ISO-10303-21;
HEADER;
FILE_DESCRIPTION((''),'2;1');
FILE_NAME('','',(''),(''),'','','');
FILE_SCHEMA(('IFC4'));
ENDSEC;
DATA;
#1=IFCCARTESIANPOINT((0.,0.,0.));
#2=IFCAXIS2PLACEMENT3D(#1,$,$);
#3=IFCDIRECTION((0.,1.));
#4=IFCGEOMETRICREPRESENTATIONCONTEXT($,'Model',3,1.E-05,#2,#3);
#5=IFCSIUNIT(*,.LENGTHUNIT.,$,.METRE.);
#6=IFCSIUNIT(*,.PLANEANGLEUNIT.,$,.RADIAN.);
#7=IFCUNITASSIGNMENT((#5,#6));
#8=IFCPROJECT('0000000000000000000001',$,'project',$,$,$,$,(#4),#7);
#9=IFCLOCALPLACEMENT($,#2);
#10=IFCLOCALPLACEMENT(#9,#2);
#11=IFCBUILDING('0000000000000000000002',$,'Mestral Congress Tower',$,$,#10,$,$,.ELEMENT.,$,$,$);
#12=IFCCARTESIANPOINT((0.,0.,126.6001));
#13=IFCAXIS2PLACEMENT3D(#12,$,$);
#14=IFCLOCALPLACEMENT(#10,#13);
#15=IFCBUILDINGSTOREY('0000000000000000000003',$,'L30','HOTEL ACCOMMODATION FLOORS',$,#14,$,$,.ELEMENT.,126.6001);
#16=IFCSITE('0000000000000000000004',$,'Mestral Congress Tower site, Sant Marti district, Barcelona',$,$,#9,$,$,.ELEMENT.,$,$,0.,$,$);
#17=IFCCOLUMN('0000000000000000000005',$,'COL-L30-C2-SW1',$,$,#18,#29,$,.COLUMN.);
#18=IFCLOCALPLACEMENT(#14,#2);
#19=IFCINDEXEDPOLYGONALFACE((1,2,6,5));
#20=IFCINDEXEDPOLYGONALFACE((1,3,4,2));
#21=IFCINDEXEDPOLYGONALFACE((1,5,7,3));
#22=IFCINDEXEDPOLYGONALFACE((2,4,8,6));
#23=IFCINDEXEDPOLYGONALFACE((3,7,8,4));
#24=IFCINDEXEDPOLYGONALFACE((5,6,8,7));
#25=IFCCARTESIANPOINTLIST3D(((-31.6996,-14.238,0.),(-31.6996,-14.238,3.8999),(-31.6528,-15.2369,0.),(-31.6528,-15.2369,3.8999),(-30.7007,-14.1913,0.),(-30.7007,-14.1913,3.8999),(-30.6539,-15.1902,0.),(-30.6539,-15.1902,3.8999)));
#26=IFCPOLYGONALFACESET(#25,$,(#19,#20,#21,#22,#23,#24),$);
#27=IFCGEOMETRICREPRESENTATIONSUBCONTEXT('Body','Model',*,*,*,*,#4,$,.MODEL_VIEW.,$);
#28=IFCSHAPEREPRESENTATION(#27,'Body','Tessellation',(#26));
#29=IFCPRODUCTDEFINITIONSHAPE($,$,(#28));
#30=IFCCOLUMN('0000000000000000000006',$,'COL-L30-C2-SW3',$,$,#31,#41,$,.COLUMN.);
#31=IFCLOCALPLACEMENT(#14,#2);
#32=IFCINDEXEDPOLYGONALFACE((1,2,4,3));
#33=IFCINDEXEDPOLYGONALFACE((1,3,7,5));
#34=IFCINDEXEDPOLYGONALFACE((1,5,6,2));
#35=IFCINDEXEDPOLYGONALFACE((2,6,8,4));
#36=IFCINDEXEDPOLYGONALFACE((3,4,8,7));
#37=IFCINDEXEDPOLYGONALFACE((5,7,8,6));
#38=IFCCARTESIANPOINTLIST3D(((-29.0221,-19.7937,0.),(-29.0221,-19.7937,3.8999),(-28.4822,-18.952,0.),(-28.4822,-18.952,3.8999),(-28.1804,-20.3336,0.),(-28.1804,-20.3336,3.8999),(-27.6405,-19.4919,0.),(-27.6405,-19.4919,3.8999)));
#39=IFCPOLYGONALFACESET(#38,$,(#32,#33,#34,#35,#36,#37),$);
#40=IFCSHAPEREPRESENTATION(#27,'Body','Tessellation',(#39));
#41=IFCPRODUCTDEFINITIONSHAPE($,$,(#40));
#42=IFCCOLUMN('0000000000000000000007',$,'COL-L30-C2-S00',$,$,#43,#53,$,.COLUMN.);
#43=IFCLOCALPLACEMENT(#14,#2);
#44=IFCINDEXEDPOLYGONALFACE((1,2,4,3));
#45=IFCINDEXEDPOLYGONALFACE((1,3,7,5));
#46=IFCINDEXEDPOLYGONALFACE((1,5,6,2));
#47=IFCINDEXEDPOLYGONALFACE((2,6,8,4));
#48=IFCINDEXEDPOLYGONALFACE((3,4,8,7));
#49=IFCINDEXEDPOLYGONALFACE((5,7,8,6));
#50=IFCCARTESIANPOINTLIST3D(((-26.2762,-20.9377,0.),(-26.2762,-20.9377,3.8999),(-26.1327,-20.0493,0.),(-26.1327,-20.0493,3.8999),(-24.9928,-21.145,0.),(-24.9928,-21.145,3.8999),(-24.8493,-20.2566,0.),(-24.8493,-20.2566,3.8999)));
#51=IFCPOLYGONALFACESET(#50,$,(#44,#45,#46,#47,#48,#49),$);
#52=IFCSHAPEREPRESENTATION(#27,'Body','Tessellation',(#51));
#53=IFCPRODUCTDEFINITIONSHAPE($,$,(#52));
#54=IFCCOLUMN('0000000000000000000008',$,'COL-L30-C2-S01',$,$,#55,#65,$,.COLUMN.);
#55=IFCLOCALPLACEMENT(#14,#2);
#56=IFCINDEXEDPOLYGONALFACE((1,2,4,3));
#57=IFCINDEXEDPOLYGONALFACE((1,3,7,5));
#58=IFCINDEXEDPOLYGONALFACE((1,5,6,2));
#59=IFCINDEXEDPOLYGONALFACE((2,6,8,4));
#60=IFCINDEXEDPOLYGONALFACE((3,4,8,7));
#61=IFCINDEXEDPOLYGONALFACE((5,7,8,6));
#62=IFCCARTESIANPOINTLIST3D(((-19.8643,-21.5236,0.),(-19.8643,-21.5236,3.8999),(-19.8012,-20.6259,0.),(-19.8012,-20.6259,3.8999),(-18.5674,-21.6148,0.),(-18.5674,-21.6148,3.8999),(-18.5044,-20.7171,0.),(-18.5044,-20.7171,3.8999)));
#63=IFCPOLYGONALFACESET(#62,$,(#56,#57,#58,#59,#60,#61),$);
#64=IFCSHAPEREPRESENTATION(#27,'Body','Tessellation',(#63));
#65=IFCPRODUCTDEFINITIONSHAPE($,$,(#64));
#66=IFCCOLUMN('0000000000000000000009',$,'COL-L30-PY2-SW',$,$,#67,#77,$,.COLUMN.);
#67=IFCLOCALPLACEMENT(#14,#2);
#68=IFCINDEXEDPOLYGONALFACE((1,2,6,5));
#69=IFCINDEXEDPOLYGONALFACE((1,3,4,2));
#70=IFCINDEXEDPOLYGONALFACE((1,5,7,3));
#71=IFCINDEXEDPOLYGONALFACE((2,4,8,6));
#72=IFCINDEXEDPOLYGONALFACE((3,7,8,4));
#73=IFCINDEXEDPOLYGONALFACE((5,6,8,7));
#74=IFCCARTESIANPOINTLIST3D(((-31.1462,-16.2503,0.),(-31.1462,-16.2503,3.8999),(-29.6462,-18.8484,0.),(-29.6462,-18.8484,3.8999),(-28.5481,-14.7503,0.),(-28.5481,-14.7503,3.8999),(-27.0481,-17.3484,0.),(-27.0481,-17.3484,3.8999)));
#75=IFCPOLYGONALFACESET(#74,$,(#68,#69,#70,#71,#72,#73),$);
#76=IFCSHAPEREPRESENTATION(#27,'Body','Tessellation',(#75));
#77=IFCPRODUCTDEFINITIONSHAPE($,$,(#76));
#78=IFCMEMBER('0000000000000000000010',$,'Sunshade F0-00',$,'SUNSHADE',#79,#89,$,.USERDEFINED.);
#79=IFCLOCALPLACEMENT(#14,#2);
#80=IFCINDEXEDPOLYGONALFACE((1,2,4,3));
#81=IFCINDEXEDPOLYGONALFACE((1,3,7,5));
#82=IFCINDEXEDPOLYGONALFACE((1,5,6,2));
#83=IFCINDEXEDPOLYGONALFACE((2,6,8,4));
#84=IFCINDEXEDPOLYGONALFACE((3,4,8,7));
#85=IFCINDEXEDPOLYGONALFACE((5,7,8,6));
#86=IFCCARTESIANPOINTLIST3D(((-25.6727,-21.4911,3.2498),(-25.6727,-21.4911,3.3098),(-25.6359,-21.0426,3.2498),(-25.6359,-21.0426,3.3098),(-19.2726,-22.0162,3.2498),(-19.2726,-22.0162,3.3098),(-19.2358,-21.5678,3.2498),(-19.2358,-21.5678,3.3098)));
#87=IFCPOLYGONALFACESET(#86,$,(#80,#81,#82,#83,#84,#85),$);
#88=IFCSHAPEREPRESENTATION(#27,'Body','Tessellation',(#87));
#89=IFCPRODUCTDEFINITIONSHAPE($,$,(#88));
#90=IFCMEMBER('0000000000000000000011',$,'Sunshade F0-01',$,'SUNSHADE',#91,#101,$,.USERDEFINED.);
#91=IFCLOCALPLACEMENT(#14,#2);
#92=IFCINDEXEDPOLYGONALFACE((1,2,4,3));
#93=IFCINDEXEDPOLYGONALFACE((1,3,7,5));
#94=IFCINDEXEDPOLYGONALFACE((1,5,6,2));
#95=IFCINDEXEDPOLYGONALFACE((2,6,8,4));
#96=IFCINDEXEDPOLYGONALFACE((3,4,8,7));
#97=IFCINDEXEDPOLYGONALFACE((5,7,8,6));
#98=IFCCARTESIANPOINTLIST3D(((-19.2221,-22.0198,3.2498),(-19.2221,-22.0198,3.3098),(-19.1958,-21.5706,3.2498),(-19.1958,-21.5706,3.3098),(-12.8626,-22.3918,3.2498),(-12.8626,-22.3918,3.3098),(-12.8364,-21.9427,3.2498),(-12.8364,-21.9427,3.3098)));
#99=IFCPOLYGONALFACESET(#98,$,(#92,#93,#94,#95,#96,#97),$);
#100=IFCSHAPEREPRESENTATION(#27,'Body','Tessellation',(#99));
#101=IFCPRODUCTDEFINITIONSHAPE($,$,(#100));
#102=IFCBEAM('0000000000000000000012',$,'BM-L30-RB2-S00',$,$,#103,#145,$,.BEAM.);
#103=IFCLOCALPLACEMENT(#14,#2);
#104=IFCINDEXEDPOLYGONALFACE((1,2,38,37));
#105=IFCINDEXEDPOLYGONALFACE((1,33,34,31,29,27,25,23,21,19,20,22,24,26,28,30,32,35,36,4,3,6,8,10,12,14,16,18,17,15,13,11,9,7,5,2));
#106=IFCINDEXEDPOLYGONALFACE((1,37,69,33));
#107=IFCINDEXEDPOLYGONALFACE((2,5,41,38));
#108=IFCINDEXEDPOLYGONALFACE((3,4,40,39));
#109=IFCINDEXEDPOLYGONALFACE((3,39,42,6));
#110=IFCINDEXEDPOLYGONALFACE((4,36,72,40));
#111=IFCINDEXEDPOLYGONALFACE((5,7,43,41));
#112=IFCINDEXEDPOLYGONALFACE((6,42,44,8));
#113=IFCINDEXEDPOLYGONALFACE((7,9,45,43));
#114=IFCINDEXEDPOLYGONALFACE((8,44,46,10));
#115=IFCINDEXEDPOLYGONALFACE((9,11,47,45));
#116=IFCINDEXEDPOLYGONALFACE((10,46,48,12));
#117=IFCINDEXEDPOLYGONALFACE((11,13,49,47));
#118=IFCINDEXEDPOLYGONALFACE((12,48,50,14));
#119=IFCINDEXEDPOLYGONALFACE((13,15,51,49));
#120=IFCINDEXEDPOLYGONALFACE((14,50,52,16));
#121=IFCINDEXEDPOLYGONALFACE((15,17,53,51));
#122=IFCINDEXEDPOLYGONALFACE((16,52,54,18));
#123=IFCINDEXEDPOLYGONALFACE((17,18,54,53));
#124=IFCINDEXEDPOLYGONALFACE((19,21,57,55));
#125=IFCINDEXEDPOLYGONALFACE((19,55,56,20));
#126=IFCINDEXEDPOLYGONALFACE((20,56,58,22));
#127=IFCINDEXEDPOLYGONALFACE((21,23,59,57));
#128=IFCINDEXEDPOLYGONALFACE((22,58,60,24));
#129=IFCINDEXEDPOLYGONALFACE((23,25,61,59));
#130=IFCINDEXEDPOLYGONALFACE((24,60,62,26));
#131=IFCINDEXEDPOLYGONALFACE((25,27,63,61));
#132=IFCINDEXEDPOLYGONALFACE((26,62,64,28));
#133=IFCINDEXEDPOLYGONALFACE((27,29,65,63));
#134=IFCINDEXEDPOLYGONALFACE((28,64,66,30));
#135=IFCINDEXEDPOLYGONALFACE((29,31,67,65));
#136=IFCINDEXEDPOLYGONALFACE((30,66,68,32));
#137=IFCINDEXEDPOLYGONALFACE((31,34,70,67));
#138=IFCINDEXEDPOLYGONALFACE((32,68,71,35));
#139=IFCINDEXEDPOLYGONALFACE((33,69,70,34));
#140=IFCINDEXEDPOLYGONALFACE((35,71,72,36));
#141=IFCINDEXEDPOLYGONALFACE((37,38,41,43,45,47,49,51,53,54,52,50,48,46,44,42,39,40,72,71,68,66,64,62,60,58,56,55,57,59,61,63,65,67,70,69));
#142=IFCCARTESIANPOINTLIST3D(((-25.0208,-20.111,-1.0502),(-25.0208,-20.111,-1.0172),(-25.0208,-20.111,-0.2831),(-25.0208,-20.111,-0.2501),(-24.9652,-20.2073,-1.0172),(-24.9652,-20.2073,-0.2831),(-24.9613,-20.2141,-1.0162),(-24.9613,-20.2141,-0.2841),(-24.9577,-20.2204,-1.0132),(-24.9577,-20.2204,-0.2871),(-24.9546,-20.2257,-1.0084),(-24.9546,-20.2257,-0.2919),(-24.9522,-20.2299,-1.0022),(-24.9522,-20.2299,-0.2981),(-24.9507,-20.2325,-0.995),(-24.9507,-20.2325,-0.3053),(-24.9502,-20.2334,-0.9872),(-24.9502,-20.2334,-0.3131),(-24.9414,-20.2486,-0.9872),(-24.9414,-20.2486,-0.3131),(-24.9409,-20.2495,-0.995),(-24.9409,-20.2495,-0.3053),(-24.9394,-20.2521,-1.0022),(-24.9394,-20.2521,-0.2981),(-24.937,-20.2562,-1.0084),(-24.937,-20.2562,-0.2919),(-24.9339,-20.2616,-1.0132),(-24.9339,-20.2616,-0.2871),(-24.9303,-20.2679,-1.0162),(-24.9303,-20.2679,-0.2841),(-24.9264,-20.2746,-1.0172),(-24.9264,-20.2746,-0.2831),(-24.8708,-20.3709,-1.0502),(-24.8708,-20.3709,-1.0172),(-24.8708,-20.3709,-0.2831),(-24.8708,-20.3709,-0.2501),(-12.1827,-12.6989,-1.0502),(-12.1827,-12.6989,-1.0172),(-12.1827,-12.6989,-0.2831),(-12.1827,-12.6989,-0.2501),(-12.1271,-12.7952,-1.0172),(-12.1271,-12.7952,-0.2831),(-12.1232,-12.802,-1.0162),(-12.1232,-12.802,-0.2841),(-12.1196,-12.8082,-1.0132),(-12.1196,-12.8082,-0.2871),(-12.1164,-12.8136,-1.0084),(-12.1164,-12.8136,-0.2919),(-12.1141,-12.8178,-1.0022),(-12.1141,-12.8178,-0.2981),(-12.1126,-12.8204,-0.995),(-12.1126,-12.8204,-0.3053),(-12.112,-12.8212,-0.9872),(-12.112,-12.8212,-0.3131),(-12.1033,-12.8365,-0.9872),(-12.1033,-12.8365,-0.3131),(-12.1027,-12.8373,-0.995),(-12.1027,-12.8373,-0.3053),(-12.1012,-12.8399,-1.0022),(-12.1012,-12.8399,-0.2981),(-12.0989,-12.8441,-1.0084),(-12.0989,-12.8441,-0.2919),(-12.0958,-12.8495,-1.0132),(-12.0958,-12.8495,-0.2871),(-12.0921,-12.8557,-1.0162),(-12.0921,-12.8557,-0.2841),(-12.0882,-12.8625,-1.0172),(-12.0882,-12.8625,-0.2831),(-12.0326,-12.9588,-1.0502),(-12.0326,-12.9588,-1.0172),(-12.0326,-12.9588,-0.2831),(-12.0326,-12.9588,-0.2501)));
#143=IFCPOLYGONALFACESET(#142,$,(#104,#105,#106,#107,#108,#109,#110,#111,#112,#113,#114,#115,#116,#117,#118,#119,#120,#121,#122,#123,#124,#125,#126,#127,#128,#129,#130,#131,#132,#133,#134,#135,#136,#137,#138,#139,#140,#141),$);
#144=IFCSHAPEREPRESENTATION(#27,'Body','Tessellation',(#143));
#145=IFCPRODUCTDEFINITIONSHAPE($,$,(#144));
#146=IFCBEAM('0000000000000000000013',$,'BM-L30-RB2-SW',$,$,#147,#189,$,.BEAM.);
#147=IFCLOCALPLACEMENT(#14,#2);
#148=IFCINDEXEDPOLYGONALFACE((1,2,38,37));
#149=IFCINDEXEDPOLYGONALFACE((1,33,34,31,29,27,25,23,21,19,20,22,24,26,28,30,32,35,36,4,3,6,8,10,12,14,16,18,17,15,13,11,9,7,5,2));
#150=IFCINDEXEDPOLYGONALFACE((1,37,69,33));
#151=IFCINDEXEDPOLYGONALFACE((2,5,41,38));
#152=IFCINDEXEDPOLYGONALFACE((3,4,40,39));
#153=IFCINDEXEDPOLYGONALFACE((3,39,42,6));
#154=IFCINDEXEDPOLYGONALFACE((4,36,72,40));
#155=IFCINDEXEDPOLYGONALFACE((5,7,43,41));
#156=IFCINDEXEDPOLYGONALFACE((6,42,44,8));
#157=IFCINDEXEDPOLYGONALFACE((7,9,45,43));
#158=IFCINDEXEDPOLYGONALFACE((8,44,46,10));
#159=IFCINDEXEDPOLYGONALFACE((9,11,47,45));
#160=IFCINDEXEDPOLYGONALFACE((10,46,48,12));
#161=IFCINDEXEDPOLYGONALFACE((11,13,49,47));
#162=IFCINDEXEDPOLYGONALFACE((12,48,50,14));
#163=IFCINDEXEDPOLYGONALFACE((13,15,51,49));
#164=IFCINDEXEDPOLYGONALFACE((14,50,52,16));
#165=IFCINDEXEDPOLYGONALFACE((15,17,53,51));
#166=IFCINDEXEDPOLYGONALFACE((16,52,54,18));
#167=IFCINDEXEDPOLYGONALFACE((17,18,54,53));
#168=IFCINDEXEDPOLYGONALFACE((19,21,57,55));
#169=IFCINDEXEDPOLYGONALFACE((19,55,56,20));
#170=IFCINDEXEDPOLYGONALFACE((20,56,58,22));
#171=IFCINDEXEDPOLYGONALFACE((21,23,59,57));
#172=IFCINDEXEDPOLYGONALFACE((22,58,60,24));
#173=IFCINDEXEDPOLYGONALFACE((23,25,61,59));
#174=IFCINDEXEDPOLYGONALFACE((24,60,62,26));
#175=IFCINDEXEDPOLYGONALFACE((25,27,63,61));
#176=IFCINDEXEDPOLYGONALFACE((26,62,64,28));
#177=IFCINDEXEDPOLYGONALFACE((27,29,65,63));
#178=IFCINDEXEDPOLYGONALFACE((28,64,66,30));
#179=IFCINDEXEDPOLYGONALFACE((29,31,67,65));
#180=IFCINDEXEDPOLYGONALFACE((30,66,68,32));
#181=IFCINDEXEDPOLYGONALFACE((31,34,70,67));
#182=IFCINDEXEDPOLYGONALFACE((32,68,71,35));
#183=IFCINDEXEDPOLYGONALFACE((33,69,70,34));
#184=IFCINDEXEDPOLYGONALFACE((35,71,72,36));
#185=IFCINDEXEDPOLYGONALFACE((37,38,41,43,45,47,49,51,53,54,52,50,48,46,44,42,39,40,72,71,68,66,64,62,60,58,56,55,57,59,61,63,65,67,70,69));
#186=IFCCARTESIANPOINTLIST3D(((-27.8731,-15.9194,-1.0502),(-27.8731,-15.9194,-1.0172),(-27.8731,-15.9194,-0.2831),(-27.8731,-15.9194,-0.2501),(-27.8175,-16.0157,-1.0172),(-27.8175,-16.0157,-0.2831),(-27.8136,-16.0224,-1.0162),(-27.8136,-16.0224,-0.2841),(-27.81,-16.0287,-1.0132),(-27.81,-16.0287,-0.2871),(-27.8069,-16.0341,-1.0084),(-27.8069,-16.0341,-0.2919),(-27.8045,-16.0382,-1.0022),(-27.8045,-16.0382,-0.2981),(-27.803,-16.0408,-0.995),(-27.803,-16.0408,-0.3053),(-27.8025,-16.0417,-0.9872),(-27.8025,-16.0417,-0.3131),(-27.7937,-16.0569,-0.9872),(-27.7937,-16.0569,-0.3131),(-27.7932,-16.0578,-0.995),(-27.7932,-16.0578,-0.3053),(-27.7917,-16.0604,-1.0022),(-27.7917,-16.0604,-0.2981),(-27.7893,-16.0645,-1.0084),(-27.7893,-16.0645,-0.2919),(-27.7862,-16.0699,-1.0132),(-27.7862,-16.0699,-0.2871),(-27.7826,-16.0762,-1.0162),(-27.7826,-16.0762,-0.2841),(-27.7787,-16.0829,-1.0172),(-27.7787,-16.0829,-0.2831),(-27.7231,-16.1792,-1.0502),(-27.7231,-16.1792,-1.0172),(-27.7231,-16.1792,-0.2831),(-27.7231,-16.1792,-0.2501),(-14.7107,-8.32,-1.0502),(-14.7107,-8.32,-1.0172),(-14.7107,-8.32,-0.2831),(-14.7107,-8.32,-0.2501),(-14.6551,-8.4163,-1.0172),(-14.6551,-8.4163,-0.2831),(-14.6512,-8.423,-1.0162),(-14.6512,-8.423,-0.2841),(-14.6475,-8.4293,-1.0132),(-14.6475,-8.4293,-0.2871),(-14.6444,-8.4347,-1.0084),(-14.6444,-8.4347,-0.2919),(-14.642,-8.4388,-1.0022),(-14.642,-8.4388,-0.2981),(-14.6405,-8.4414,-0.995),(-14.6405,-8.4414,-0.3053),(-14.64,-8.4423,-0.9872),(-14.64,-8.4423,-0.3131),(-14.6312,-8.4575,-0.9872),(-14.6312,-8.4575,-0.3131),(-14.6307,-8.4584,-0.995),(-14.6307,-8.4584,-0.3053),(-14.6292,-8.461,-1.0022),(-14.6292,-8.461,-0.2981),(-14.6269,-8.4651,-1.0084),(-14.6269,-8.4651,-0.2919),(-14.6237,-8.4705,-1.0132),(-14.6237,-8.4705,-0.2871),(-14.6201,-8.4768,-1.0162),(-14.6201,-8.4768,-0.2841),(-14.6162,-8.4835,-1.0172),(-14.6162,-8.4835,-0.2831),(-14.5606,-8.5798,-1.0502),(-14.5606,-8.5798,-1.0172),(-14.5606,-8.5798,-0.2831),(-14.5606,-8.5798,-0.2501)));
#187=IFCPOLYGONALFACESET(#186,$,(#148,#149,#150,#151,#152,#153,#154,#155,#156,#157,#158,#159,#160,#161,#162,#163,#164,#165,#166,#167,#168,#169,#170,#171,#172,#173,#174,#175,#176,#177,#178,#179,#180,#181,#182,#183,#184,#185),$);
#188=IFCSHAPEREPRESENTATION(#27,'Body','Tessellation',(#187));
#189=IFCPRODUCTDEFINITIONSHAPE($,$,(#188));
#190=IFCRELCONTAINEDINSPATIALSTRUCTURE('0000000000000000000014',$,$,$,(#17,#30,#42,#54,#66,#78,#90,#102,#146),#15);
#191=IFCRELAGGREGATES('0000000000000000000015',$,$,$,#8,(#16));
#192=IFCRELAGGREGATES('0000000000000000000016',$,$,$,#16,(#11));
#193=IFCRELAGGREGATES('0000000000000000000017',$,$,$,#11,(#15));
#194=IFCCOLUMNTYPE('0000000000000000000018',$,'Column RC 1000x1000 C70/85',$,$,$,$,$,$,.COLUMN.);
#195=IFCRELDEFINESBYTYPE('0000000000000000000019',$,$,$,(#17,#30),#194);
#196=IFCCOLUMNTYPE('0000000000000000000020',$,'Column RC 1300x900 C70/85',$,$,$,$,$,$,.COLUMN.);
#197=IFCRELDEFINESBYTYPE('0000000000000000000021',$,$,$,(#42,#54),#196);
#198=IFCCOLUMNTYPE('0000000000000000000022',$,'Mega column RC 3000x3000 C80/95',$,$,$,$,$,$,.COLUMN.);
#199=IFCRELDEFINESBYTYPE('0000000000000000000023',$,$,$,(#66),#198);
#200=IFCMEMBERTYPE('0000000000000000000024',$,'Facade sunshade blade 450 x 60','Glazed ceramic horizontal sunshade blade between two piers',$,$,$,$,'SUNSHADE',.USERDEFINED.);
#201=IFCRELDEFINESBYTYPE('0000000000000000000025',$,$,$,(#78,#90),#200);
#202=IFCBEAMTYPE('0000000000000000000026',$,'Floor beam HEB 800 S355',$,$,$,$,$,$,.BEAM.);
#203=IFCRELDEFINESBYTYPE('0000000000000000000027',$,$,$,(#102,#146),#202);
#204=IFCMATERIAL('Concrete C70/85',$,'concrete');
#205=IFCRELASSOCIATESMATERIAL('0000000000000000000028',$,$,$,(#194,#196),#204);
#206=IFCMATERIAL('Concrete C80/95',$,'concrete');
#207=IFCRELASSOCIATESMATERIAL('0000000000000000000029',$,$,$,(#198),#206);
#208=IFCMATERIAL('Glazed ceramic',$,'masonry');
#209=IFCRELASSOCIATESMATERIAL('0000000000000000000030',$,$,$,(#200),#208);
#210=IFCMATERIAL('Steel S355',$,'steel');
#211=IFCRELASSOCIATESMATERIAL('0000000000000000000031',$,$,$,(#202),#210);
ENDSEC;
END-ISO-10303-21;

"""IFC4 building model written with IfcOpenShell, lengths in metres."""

from ifc_helpers import new_model, si_unit, direction, frame, origin, origin_2d, place, context, subcontext, project, spatial, rectangle, i_section, extrude, material, material_profile, profile_set, type_object, element, save


model = new_model("IFC4")

# Units and contexts
model_context = context("Model", 3, precision=1e-05, world=origin(), true_north=direction((0.0, 1.0)))
body_context = subcontext(model_context, "Body", "Model", "MODEL_VIEW")
ifc_project = project(units=[si_unit("LENGTHUNIT", "METRE"), si_unit("PLANEANGLEUNIT", "RADIAN")], contexts=[model_context])

# Site, building, storey
site_placement = place(None, origin())
site = spatial("IfcSite", under=ifc_project, at=site_placement, Name="Mestral Congress Tower site, Sant Marti district, Barcelona", CompositionType="ELEMENT", RefElevation=0.0)
building_placement = place(site_placement, origin())
building = spatial("IfcBuilding", under=site, at=building_placement, Name="Mestral Congress Tower", CompositionType="ELEMENT")
storey_placement = place(building_placement, frame((0.0, 0.0, 126.6001)))
storey = spatial("IfcBuildingStorey", under=building, at=storey_placement, Name="L30", Description="HOTEL ACCOMMODATION FLOORS", CompositionType="ELEMENT", Elevation=126.6001)

# Columns
ifc_material_1 = material(Name="Concrete C70/85", Category="concrete")
ifc_material_profile_1 = material_profile(ifc_material_1, rectangle(XDim=1.0, YDim=1.0, at=origin_2d()), Name="RC 1000x1000")
ifc_profile_set_1 = profile_set([ifc_material_profile_1], Name="Concrete C70/85")
column_type_1 = type_object("IfcColumnType", Name="Column RC 1000x1000 C70/85", PredefinedType="COLUMN", material=ifc_profile_set_1)
for number, where, z_axis, x_axis, name in (
    (1, (-31.1768, -14.7141, 0.0), (0.0, 0.0, 1.0), (0.046756, -0.998906, 0.0), "COL-L30-C2-SW1"),
    (2, (-28.3313, -19.6428, 0.0), (0.0, 0.0, 1.0), (0.8417, -0.539945, 0.0), "COL-L30-C2-SW3"),
):
    element("IfcColumn", number, at=place(storey_placement, frame(where, z_axis=z_axis, x_axis=x_axis)), inside=storey, type_object=column_type_1, Name=name, PredefinedType="COLUMN", context=body_context, shape_type="SweptSolid", body=[
        extrude(rectangle(XDim=1.0, YDim=1.0, at=origin_2d()), origin(), (0.0, 0.0, 1.0), 3.8999),
    ])
ifc_material_profile_2 = material_profile(ifc_material_1, rectangle(XDim=1.3, YDim=0.8999, at=origin_2d()), Name="RC 1300x900")
ifc_profile_set_2 = profile_set([ifc_material_profile_2], Name="Concrete C70/85")
column_type_2 = type_object("IfcColumnType", Name="Column RC 1300x900 C70/85", PredefinedType="COLUMN", material=ifc_profile_set_2)
for number, where, z_axis, x_axis, name in (
    (3, (-25.5627, -20.5972, 0.0), (0.0, 0.0, 1.0), (0.987202, -0.159473, 0.0), "COL-L30-C2-S00"),
    (4, (-19.1843, -21.1204, 0.0), (0.0, 0.0, 1.0), (0.99754, -0.070101, 0.0), "COL-L30-C2-S01"),
):
    element("IfcColumn", number, at=place(storey_placement, frame(where, z_axis=z_axis, x_axis=x_axis)), inside=storey, type_object=column_type_2, Name=name, PredefinedType="COLUMN", context=body_context, shape_type="SweptSolid", body=[
        extrude(rectangle(XDim=1.3, YDim=0.8999, at=origin_2d()), origin(), (0.0, 0.0, 1.0), 3.8999),
    ])
ifc_material_2 = material(Name="Concrete C80/95", Category="concrete")
ifc_material_profile_3 = material_profile(ifc_material_2, rectangle(XDim=3.0, YDim=3.0, at=origin_2d()), Name="RC 3000x3000")
ifc_profile_set_3 = profile_set([ifc_material_profile_3], Name="Concrete C80/95")
column_type_3 = type_object("IfcColumnType", Name="Mega column RC 3000x3000 C80/95", PredefinedType="COLUMN", material=ifc_profile_set_3)
column_placement = place(storey_placement, frame((-29.0972, -16.7993, 0.0), z_axis=(0.0, 0.0, 1.0), x_axis=(-0.866025, -0.5, 0.0)))
element("IfcColumn", 5, at=column_placement, inside=storey, type_object=column_type_3, Name="COL-L30-PY2-SW", PredefinedType="COLUMN", context=body_context, shape_type="SweptSolid", body=[
    extrude(rectangle(XDim=3.0, YDim=3.0, at=origin_2d()), origin(), (0.0, 0.0, 1.0), 3.8999),
])

# Members
ifc_material_3 = material(Name="Glazed ceramic", Category="masonry")
ifc_material_profile_4 = material_profile(ifc_material_3, rectangle(XDim=0.45, YDim=0.0601, at=origin_2d()), Name="Ceramic blade 450 x 60")
ifc_profile_set_4 = profile_set([ifc_material_profile_4], Name="Glazed ceramic")
member_type = type_object("IfcMemberType", Name="Facade sunshade blade 450 x 60", Description="Glazed ceramic horizontal sunshade blade between two piers", ElementType="SUNSHADE", PredefinedType="USERDEFINED", material=ifc_profile_set_4)
member_1_placement = place(storey_placement, frame((-25.6543, -21.2668, 3.2798), z_axis=(0.996651, -0.081777, 0.0), x_axis=(0.081777, 0.996651, 0.0)))
element("IfcMember", 6, at=member_1_placement, inside=storey, type_object=member_type, Name="Sunshade F0-00", ObjectType="SUNSHADE", PredefinedType="USERDEFINED", context=body_context, shape_type="SweptSolid", body=[
    extrude(rectangle(XDim=0.45, YDim=0.0601, at=origin_2d()), origin(), (0.0, 0.0, 1.0), 6.4216),
])
member_2_placement = place(storey_placement, frame((-19.209, -21.7952, 3.2798), z_axis=(0.998293, -0.058407, 0.0), x_axis=(0.058407, 0.998293, 0.0)))
element("IfcMember", 7, at=member_2_placement, inside=storey, type_object=member_type, Name="Sunshade F0-01", ObjectType="SUNSHADE", PredefinedType="USERDEFINED", context=body_context, shape_type="SweptSolid", body=[
    extrude(rectangle(XDim=0.45, YDim=0.0601, at=origin_2d()), origin(), (0.0, 0.0, 1.0), 6.3704),
])

# Beams
ifc_material_4 = material(Name="Steel S355", Category="steel")
ifc_material_profile_5 = material_profile(ifc_material_4, i_section(OverallWidth=0.3, OverallDepth=0.8, WebThickness=0.0176, FlangeThickness=0.033, FilletRadius=0.03, at=origin_2d()), Name="HEB 800")
ifc_profile_set_5 = profile_set([ifc_material_profile_5], Name="Steel S355")
beam_type_1 = type_object("IfcBeamType", Name="Floor beam HEB 800 S355", PredefinedType="BEAM", material=ifc_profile_set_5)
beam_1_placement = place(storey_placement, frame((-24.9458, -20.241, -0.6501), z_axis=(0.866025, 0.5, 0.0), x_axis=(-0.5, 0.866025, 0.0)))
element("IfcBeam", 8, at=beam_1_placement, inside=storey, type_object=beam_type_1, Name="BM-L30-RB2-S00", PredefinedType="BEAM", context=body_context, shape_type="SweptSolid", body=[
    extrude(i_section(OverallWidth=0.3, OverallDepth=0.8, WebThickness=0.0176, FlangeThickness=0.033, FilletRadius=0.03, at=origin_2d()), origin(), (0.0, 0.0, 1.0), 14.8242),
])
beam_2_placement = place(storey_placement, frame((-27.7981, -16.0493, -0.6501), z_axis=(0.866023, 0.500004, 0.0), x_axis=(-0.500004, 0.866023, 0.0)))
element("IfcBeam", 9, at=beam_2_placement, inside=storey, type_object=beam_type_1, Name="BM-L30-RB2-SW", PredefinedType="BEAM", context=body_context, shape_type="SweptSolid", body=[
    extrude(i_section(OverallWidth=0.3, OverallDepth=0.8, WebThickness=0.0176, FlangeThickness=0.033, FilletRadius=0.03, at=origin_2d()), origin(), (0.0, 0.0, 1.0), 15.1987),
])

save(model, "model.ifc")
